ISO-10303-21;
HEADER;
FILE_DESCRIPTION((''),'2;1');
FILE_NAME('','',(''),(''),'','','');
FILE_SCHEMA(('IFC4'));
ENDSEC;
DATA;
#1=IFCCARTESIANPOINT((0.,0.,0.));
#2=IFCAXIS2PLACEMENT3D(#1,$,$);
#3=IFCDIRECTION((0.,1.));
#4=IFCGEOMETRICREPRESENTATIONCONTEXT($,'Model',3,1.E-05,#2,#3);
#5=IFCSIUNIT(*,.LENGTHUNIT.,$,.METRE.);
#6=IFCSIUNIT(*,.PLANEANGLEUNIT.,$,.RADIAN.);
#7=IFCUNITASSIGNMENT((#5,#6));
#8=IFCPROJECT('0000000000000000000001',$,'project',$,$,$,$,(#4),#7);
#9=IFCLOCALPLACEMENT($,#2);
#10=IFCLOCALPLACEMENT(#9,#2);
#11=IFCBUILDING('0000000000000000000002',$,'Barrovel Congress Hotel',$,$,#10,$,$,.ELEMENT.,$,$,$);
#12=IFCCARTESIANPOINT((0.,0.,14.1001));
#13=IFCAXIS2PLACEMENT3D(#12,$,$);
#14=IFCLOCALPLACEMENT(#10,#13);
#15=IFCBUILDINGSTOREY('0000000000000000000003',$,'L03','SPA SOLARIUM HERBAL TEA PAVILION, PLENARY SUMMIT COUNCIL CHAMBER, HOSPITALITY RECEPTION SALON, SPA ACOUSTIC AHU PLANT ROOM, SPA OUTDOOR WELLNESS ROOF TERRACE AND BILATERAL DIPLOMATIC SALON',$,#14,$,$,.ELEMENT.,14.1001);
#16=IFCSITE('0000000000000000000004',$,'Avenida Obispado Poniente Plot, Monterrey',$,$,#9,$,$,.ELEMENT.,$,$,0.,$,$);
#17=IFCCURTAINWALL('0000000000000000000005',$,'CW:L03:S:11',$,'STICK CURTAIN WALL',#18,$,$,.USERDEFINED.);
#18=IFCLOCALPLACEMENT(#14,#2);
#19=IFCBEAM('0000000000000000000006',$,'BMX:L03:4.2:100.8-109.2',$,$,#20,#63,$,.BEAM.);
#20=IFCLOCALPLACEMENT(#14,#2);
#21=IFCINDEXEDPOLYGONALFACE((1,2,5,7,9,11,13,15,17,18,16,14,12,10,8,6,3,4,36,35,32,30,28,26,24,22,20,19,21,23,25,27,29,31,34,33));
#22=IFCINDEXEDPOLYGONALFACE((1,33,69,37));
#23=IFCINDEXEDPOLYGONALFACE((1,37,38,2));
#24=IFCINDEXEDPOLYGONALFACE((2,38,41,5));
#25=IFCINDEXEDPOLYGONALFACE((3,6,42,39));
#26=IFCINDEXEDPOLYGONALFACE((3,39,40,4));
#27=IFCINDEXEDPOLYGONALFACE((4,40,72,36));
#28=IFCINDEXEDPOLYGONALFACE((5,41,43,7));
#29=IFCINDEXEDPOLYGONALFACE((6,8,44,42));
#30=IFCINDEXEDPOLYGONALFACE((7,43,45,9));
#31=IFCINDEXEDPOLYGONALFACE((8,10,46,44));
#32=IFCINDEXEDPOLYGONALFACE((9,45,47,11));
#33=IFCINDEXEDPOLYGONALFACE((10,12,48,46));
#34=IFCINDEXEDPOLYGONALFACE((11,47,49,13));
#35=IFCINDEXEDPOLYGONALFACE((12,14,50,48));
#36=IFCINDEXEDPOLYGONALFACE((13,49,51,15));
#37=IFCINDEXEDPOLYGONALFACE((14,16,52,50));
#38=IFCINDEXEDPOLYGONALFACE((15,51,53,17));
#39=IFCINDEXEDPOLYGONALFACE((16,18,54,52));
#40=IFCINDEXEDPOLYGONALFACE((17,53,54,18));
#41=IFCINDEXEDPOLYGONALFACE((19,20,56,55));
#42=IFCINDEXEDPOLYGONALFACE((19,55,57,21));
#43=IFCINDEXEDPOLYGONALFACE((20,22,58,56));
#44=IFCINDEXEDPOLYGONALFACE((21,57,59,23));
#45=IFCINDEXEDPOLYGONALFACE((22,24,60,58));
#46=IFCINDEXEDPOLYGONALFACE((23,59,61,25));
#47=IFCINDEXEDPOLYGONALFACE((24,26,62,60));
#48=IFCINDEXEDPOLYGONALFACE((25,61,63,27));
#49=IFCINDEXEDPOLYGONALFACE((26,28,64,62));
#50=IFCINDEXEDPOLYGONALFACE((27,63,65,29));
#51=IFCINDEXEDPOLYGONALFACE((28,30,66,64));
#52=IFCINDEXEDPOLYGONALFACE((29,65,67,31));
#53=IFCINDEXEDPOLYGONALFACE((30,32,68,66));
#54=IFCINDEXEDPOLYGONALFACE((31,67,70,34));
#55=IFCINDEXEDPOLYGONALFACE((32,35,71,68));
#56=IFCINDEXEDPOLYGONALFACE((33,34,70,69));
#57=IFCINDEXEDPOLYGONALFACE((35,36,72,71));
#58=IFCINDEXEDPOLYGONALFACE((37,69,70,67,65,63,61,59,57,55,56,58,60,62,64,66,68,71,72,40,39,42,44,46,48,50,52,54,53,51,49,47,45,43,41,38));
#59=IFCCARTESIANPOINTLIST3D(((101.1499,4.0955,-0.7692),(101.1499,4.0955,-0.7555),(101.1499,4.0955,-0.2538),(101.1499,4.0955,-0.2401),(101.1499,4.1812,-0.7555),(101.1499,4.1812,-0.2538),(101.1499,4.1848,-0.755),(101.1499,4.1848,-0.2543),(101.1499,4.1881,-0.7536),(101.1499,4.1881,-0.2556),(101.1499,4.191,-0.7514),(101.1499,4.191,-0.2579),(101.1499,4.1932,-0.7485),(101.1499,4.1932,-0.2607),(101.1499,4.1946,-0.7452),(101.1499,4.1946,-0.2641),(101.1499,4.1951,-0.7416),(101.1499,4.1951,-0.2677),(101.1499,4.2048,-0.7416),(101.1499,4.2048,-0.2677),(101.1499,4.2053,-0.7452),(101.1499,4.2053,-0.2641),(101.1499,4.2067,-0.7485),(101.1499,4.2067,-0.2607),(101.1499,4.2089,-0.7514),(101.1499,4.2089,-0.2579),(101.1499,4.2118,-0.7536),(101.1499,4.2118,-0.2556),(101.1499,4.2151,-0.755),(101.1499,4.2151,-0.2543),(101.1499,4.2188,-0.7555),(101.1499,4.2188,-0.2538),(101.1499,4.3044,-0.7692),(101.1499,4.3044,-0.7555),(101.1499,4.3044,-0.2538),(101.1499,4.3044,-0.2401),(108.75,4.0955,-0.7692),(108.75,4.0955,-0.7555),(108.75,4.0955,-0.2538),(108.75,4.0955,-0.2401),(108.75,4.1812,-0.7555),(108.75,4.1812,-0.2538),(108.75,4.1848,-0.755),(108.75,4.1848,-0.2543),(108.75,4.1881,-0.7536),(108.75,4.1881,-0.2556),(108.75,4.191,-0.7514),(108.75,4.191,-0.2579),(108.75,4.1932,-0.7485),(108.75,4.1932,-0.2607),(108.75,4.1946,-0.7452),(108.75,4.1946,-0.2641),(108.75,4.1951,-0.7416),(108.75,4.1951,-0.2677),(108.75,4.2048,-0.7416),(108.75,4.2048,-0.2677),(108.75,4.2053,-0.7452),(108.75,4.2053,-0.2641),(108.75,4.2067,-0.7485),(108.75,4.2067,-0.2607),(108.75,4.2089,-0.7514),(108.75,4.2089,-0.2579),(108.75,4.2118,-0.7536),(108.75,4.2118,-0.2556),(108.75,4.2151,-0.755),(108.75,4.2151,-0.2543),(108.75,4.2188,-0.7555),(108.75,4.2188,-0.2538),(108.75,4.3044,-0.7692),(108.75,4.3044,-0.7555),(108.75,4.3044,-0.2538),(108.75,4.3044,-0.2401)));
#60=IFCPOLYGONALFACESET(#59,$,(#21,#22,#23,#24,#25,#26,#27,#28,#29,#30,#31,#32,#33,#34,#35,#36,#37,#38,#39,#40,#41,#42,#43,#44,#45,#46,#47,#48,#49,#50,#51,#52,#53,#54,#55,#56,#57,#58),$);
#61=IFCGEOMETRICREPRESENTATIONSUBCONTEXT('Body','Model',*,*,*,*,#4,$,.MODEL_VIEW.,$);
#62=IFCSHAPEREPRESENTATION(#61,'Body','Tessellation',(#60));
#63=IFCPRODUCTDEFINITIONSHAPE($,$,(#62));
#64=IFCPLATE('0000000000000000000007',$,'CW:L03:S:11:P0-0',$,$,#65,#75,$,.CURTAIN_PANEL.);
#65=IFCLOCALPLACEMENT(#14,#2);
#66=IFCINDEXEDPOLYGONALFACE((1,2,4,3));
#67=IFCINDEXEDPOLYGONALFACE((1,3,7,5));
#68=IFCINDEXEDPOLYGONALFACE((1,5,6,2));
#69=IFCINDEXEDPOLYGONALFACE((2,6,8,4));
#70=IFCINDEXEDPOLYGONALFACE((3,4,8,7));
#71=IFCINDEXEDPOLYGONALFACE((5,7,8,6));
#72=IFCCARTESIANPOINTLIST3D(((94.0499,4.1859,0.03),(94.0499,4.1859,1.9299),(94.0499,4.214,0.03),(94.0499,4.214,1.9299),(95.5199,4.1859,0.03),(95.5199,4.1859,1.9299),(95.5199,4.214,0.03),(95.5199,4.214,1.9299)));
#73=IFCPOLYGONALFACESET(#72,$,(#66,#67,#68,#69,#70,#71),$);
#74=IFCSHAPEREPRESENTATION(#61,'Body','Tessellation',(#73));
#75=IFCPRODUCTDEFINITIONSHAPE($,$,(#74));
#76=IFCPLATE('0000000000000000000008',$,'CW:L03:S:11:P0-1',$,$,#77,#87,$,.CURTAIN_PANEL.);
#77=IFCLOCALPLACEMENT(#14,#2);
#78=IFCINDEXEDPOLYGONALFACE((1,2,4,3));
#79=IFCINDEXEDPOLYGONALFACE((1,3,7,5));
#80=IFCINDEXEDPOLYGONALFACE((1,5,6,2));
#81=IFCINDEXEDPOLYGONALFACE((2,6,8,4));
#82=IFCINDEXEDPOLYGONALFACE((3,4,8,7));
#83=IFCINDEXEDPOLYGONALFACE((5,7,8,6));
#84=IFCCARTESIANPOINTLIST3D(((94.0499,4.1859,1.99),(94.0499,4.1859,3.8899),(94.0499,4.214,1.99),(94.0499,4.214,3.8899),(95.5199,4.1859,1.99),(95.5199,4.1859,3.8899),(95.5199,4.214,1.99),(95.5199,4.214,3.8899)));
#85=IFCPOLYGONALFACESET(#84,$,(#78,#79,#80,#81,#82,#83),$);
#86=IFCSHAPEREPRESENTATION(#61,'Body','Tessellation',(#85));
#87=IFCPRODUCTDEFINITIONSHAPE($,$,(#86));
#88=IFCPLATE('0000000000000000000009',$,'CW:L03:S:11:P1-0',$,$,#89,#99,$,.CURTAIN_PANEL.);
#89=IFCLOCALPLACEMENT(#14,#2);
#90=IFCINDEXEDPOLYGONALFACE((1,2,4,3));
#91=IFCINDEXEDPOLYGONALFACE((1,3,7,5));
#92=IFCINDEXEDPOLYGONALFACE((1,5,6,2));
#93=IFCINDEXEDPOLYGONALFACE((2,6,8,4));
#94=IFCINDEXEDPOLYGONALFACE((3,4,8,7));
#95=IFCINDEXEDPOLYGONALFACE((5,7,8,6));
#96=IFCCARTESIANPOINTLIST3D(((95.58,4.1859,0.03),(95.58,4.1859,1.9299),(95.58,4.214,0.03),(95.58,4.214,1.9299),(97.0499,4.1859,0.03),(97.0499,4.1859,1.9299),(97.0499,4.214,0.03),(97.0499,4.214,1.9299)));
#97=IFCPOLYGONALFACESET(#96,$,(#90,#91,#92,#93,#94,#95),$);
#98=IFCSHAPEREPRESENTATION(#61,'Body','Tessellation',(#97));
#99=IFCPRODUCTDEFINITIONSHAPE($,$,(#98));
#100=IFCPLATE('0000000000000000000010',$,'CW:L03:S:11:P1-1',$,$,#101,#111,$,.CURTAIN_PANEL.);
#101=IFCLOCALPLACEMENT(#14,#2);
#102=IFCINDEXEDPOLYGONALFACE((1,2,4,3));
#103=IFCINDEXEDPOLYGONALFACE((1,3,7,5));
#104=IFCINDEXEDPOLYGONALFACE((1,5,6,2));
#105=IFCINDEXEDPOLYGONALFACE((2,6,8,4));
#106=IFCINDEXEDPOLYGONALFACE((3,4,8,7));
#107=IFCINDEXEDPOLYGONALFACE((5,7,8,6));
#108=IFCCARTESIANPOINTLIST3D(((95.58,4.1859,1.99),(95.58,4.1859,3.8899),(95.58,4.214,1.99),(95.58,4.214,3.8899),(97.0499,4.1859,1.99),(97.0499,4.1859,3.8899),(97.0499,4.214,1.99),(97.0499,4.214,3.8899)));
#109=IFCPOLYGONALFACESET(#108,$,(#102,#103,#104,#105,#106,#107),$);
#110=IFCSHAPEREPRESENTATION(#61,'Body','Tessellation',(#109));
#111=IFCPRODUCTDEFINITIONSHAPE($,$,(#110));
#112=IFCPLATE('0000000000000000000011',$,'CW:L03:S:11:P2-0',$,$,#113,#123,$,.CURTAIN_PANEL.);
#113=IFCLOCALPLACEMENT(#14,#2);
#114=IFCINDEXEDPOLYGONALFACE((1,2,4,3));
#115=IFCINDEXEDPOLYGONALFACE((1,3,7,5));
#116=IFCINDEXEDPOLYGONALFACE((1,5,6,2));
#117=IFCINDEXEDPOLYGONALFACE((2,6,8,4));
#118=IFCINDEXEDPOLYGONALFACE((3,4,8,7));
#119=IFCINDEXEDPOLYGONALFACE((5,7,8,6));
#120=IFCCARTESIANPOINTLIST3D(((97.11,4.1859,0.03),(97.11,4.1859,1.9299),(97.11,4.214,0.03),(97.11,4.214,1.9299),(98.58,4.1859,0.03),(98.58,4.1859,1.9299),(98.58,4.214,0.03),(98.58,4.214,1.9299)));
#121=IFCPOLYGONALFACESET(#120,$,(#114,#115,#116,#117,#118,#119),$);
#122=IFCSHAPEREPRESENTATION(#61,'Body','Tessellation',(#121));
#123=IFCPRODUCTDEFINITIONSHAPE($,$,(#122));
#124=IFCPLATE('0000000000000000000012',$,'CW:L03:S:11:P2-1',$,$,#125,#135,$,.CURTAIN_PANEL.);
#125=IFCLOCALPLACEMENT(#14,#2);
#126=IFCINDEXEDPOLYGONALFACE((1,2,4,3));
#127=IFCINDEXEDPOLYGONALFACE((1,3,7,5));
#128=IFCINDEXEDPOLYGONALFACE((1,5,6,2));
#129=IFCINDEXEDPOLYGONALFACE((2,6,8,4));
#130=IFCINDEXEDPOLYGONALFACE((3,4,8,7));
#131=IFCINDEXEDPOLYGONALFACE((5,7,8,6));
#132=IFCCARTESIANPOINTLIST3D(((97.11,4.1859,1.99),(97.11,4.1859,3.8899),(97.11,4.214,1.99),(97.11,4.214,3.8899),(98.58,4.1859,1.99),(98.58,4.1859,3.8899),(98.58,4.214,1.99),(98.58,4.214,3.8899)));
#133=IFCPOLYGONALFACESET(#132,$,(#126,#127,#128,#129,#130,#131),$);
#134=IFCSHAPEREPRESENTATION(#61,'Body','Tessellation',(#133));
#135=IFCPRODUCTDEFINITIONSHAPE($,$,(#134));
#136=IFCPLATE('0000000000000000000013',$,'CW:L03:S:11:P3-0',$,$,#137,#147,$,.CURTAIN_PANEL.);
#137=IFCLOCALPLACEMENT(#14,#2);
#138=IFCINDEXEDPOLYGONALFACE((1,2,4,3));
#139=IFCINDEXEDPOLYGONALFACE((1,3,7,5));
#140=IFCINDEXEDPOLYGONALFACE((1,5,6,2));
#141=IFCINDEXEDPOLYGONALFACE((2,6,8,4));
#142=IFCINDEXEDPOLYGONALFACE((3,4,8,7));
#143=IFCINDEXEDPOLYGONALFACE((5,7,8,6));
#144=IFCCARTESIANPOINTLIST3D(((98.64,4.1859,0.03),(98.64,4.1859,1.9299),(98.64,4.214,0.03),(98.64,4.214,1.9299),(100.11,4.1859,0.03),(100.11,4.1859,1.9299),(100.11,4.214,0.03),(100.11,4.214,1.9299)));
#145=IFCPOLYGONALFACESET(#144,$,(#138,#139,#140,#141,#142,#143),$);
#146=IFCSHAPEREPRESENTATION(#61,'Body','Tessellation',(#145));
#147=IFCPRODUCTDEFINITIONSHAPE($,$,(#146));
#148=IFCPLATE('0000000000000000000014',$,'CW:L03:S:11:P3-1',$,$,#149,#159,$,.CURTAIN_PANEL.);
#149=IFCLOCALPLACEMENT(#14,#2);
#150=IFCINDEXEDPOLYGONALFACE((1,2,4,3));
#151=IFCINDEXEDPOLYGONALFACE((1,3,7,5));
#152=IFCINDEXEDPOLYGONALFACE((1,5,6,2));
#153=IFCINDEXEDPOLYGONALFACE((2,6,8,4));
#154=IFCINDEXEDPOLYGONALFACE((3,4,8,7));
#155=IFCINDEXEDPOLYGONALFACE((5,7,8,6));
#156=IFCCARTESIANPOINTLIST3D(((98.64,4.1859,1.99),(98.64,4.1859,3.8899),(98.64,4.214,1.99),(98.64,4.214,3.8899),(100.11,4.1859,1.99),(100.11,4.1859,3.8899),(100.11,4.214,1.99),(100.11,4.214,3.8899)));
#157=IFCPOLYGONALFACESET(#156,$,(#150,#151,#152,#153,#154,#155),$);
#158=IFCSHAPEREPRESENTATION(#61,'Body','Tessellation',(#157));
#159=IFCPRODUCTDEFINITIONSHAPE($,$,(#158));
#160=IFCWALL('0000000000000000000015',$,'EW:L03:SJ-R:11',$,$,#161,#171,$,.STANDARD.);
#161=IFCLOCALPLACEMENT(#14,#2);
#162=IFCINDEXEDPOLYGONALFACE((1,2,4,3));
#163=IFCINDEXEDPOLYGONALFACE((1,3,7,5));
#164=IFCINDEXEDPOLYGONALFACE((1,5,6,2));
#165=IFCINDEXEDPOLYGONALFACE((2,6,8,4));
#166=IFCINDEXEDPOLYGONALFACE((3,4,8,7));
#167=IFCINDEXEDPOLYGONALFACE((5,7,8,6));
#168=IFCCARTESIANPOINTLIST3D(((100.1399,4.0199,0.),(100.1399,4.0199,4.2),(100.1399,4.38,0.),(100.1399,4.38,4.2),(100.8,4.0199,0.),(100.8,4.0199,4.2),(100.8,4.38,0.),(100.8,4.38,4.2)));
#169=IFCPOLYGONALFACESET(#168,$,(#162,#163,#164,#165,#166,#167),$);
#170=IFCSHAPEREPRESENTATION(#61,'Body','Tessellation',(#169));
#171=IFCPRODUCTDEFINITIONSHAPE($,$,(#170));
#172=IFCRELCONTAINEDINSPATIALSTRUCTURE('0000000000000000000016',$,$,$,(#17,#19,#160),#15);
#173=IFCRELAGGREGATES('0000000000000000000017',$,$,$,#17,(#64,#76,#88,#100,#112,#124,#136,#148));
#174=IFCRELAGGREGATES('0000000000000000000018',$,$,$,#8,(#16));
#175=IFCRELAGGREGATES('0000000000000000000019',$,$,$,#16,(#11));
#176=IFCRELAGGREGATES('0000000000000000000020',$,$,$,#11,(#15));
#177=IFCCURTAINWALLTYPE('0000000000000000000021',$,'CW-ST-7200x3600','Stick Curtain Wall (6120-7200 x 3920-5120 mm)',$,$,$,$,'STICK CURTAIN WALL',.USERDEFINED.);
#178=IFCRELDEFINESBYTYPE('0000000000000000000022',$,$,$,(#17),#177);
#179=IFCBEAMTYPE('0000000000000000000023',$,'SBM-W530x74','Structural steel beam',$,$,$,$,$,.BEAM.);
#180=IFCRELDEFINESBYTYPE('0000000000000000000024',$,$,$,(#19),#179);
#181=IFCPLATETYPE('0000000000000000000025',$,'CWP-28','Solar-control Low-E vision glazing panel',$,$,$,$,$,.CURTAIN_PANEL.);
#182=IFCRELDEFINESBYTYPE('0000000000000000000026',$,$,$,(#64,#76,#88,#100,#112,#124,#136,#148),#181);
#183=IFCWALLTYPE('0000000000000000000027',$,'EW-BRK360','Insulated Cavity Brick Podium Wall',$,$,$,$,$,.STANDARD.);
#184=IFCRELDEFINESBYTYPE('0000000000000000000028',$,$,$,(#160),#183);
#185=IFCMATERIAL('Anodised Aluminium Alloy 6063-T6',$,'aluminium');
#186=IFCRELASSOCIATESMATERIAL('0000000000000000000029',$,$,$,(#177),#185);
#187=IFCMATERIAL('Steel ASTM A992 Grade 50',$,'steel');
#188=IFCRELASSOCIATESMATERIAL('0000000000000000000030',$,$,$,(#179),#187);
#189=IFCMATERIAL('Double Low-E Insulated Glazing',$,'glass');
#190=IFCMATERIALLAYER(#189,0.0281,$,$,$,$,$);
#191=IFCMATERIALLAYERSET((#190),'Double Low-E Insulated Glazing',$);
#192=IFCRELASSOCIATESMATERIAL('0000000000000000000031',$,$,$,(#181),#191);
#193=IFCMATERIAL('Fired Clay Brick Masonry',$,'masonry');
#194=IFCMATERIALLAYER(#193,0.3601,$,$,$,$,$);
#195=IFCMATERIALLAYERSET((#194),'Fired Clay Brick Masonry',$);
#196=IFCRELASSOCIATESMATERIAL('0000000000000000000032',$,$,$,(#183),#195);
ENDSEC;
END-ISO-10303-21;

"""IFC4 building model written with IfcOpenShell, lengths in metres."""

from ifc_helpers import new_model, si_unit, direction, frame, frame_2d, origin, origin_2d, place, context, subcontext, project, spatial, rectangle, i_section, extrude, material, layer, layer_set, material_profile, profile_set, type_object, element, aggregate, save


model = new_model("IFC4")

# Units and contexts
model_context = context("Model", 3, precision=1e-05, world=origin(), true_north=direction((0.0, 1.0)))
body_context = subcontext(model_context, "Body", "Model", "MODEL_VIEW")
ifc_project = project(units=[si_unit("LENGTHUNIT", "METRE"), si_unit("PLANEANGLEUNIT", "RADIAN")], contexts=[model_context])

# Site, building, storey
site_placement = place(None, origin())
site = spatial("IfcSite", under=ifc_project, at=site_placement, Name="Avenida Obispado Poniente Plot, Monterrey", CompositionType="ELEMENT", RefElevation=0.0)
building_placement = place(site_placement, origin())
building = spatial("IfcBuilding", under=site, at=building_placement, Name="Barrovel Congress Hotel", CompositionType="ELEMENT")
storey_placement = place(building_placement, frame((0.0, 0.0, 14.1001)))
storey = spatial("IfcBuildingStorey", under=building, at=storey_placement, Name="L03", Description="SPA SOLARIUM HERBAL TEA PAVILION, PLENARY SUMMIT COUNCIL CHAMBER, HOSPITALITY RECEPTION SALON, SPA ACOUSTIC AHU PLANT ROOM, SPA OUTDOOR WELLNESS ROOF TERRACE AND BILATERAL DIPLOMATIC SALON", CompositionType="ELEMENT", Elevation=14.1001)

# Curtain wall
ifc_material_1 = material(Name="Anodised Aluminium Alloy 6063-T6", Category="aluminium")
curtain_wall_type = type_object("IfcCurtainWallType", Name="CW-ST-7200x3600", Description="Stick Curtain Wall (6120-7200 x 3920-5120 mm)", ElementType="STICK CURTAIN WALL", PredefinedType="USERDEFINED", material=ifc_material_1)
curtain_wall_placement = place(storey_placement, origin())
curtain_wall = element("IfcCurtainWall", 1, at=curtain_wall_placement, inside=storey, type_object=curtain_wall_type, Name="CW:L03:S:11", ObjectType="STICK CURTAIN WALL", PredefinedType="USERDEFINED")

# Beam
ifc_material_2 = material(Name="Steel ASTM A992 Grade 50", Category="steel")
ifc_material_profile_1 = material_profile(ifc_material_2, i_section(OverallWidth=0.209, OverallDepth=0.5291, WebThickness=0.0098, FlangeThickness=0.0137, FilletRadius=0.0139, at=origin_2d()), Name="W530x74")
ifc_profile_set_1 = profile_set([ifc_material_profile_1], Name="Steel ASTM A992 Grade 50")
beam_type_1 = type_object("IfcBeamType", Name="SBM-W530x74", Description="Structural steel beam", PredefinedType="BEAM", material=ifc_profile_set_1)
beam_1_placement = place(storey_placement, frame((101.1499, 4.2, -0.5046), z_axis=(1.0, 0.0, 0.0), x_axis=(0.0, 1.0, 0.0)))
element("IfcBeam", 2, at=beam_1_placement, inside=storey, type_object=beam_type_1, Name="BMX:L03:4.2:100.8-109.2", PredefinedType="BEAM", context=body_context, shape_type="SweptSolid", body=[
    extrude(i_section(OverallWidth=0.209, OverallDepth=0.5291, WebThickness=0.0098, FlangeThickness=0.0137, FilletRadius=0.0139, at=origin_2d()), origin(), (0.0, 0.0, 1.0), 7.6001),
])

# Plates
ifc_material_3 = material(Name="Double Low-E Insulated Glazing", Category="glass")
ifc_layer_1 = layer(ifc_material_3, 0.0281)
ifc_layer_set_1 = layer_set([ifc_layer_1], Name="Double Low-E Insulated Glazing")
plate_type = type_object("IfcPlateType", Name="CWP-28", Description="Solar-control Low-E vision glazing panel", PredefinedType="CURTAIN_PANEL", material=ifc_layer_set_1)
plate_1_placement = place(storey_placement, frame((94.7849, 4.2, 0.03), z_axis=(0.0, 0.0, 1.0), x_axis=(1.0, 0.0, 0.0)))
plate_1 = element("IfcPlate", 3, at=plate_1_placement, type_object=plate_type, Name="CW:L03:S:11:P0-0", PredefinedType="CURTAIN_PANEL", context=body_context, shape_type="SweptSolid", body=[
    extrude(rectangle(XDim=1.47, YDim=0.0281, at=origin_2d()), origin(), (0.0, 0.0, 1.0), 1.8999),
])
plate_2_placement = place(storey_placement, frame((94.7849, 4.2, 1.99), z_axis=(0.0, 0.0, 1.0), x_axis=(1.0, 0.0, 0.0)))
plate_2 = element("IfcPlate", 4, at=plate_2_placement, type_object=plate_type, Name="CW:L03:S:11:P0-1", PredefinedType="CURTAIN_PANEL", context=body_context, shape_type="SweptSolid", body=[
    extrude(rectangle(XDim=1.47, YDim=0.0281, at=origin_2d()), origin(), (0.0, 0.0, 1.0), 1.8999),
])
plate_3_placement = place(storey_placement, frame((96.3149, 4.2, 0.03), z_axis=(0.0, 0.0, 1.0), x_axis=(1.0, 0.0, 0.0)))
plate_3 = element("IfcPlate", 5, at=plate_3_placement, type_object=plate_type, Name="CW:L03:S:11:P1-0", PredefinedType="CURTAIN_PANEL", context=body_context, shape_type="SweptSolid", body=[
    extrude(rectangle(XDim=1.47, YDim=0.0281, at=origin_2d()), origin(), (0.0, 0.0, 1.0), 1.8999),
])
plate_4_placement = place(storey_placement, frame((96.3149, 4.2, 1.99), z_axis=(0.0, 0.0, 1.0), x_axis=(1.0, 0.0, 0.0)))
plate_4 = element("IfcPlate", 6, at=plate_4_placement, type_object=plate_type, Name="CW:L03:S:11:P1-1", PredefinedType="CURTAIN_PANEL", context=body_context, shape_type="SweptSolid", body=[
    extrude(rectangle(XDim=1.47, YDim=0.0281, at=origin_2d()), origin(), (0.0, 0.0, 1.0), 1.8999),
])
plate_5_placement = place(storey_placement, frame((97.845, 4.2, 0.03), z_axis=(0.0, 0.0, 1.0), x_axis=(1.0, 0.0, 0.0)))
plate_5 = element("IfcPlate", 7, at=plate_5_placement, type_object=plate_type, Name="CW:L03:S:11:P2-0", PredefinedType="CURTAIN_PANEL", context=body_context, shape_type="SweptSolid", body=[
    extrude(rectangle(XDim=1.47, YDim=0.0281, at=origin_2d()), origin(), (0.0, 0.0, 1.0), 1.8999),
])
plate_6_placement = place(storey_placement, frame((97.845, 4.2, 1.99), z_axis=(0.0, 0.0, 1.0), x_axis=(1.0, 0.0, 0.0)))
plate_6 = element("IfcPlate", 8, at=plate_6_placement, type_object=plate_type, Name="CW:L03:S:11:P2-1", PredefinedType="CURTAIN_PANEL", context=body_context, shape_type="SweptSolid", body=[
    extrude(rectangle(XDim=1.47, YDim=0.0281, at=origin_2d()), origin(), (0.0, 0.0, 1.0), 1.8999),
])
plate_7_placement = place(storey_placement, frame((99.375, 4.2, 0.03), z_axis=(0.0, 0.0, 1.0), x_axis=(1.0, 0.0, 0.0)))
plate_7 = element("IfcPlate", 9, at=plate_7_placement, type_object=plate_type, Name="CW:L03:S:11:P3-0", PredefinedType="CURTAIN_PANEL", context=body_context, shape_type="SweptSolid", body=[
    extrude(rectangle(XDim=1.47, YDim=0.0281, at=origin_2d()), origin(), (0.0, 0.0, 1.0), 1.8999),
])
plate_8_placement = place(storey_placement, frame((99.375, 4.2, 1.99), z_axis=(0.0, 0.0, 1.0), x_axis=(1.0, 0.0, 0.0)))
plate_8 = element("IfcPlate", 10, at=plate_8_placement, type_object=plate_type, Name="CW:L03:S:11:P3-1", PredefinedType="CURTAIN_PANEL", context=body_context, shape_type="SweptSolid", body=[
    extrude(rectangle(XDim=1.47, YDim=0.0281, at=origin_2d()), origin(), (0.0, 0.0, 1.0), 1.8999),
])
aggregate(curtain_wall, [plate_1, plate_2, plate_3, plate_4, plate_5, plate_6, plate_7, plate_8])

# Wall
ifc_material_4 = material(Name="Fired Clay Brick Masonry", Category="masonry")
ifc_layer_2 = layer(ifc_material_4, 0.3601)
ifc_layer_set_2 = layer_set([ifc_layer_2], Name="Fired Clay Brick Masonry")
wall_type_1 = type_object("IfcWallType", Name="EW-BRK360", Description="Insulated Cavity Brick Podium Wall", PredefinedType="STANDARD", material=ifc_layer_set_2)
wall_1_placement = place(storey_placement, frame((100.1399, 4.2, 0.0), z_axis=(0.0, 0.0, 1.0), x_axis=(1.0, 0.0, 0.0)))
element("IfcWall", 11, at=wall_1_placement, inside=storey, type_object=wall_type_1, Name="EW:L03:SJ-R:11", PredefinedType="STANDARD", context=body_context, shape_type="SweptSolid", body=[
    extrude(rectangle(XDim=0.6602, YDim=0.3601, at=frame_2d((0.3301, 0.0))), origin(), (0.0, 0.0, 1.0), 4.2),
])

save(model, "model.ifc")
